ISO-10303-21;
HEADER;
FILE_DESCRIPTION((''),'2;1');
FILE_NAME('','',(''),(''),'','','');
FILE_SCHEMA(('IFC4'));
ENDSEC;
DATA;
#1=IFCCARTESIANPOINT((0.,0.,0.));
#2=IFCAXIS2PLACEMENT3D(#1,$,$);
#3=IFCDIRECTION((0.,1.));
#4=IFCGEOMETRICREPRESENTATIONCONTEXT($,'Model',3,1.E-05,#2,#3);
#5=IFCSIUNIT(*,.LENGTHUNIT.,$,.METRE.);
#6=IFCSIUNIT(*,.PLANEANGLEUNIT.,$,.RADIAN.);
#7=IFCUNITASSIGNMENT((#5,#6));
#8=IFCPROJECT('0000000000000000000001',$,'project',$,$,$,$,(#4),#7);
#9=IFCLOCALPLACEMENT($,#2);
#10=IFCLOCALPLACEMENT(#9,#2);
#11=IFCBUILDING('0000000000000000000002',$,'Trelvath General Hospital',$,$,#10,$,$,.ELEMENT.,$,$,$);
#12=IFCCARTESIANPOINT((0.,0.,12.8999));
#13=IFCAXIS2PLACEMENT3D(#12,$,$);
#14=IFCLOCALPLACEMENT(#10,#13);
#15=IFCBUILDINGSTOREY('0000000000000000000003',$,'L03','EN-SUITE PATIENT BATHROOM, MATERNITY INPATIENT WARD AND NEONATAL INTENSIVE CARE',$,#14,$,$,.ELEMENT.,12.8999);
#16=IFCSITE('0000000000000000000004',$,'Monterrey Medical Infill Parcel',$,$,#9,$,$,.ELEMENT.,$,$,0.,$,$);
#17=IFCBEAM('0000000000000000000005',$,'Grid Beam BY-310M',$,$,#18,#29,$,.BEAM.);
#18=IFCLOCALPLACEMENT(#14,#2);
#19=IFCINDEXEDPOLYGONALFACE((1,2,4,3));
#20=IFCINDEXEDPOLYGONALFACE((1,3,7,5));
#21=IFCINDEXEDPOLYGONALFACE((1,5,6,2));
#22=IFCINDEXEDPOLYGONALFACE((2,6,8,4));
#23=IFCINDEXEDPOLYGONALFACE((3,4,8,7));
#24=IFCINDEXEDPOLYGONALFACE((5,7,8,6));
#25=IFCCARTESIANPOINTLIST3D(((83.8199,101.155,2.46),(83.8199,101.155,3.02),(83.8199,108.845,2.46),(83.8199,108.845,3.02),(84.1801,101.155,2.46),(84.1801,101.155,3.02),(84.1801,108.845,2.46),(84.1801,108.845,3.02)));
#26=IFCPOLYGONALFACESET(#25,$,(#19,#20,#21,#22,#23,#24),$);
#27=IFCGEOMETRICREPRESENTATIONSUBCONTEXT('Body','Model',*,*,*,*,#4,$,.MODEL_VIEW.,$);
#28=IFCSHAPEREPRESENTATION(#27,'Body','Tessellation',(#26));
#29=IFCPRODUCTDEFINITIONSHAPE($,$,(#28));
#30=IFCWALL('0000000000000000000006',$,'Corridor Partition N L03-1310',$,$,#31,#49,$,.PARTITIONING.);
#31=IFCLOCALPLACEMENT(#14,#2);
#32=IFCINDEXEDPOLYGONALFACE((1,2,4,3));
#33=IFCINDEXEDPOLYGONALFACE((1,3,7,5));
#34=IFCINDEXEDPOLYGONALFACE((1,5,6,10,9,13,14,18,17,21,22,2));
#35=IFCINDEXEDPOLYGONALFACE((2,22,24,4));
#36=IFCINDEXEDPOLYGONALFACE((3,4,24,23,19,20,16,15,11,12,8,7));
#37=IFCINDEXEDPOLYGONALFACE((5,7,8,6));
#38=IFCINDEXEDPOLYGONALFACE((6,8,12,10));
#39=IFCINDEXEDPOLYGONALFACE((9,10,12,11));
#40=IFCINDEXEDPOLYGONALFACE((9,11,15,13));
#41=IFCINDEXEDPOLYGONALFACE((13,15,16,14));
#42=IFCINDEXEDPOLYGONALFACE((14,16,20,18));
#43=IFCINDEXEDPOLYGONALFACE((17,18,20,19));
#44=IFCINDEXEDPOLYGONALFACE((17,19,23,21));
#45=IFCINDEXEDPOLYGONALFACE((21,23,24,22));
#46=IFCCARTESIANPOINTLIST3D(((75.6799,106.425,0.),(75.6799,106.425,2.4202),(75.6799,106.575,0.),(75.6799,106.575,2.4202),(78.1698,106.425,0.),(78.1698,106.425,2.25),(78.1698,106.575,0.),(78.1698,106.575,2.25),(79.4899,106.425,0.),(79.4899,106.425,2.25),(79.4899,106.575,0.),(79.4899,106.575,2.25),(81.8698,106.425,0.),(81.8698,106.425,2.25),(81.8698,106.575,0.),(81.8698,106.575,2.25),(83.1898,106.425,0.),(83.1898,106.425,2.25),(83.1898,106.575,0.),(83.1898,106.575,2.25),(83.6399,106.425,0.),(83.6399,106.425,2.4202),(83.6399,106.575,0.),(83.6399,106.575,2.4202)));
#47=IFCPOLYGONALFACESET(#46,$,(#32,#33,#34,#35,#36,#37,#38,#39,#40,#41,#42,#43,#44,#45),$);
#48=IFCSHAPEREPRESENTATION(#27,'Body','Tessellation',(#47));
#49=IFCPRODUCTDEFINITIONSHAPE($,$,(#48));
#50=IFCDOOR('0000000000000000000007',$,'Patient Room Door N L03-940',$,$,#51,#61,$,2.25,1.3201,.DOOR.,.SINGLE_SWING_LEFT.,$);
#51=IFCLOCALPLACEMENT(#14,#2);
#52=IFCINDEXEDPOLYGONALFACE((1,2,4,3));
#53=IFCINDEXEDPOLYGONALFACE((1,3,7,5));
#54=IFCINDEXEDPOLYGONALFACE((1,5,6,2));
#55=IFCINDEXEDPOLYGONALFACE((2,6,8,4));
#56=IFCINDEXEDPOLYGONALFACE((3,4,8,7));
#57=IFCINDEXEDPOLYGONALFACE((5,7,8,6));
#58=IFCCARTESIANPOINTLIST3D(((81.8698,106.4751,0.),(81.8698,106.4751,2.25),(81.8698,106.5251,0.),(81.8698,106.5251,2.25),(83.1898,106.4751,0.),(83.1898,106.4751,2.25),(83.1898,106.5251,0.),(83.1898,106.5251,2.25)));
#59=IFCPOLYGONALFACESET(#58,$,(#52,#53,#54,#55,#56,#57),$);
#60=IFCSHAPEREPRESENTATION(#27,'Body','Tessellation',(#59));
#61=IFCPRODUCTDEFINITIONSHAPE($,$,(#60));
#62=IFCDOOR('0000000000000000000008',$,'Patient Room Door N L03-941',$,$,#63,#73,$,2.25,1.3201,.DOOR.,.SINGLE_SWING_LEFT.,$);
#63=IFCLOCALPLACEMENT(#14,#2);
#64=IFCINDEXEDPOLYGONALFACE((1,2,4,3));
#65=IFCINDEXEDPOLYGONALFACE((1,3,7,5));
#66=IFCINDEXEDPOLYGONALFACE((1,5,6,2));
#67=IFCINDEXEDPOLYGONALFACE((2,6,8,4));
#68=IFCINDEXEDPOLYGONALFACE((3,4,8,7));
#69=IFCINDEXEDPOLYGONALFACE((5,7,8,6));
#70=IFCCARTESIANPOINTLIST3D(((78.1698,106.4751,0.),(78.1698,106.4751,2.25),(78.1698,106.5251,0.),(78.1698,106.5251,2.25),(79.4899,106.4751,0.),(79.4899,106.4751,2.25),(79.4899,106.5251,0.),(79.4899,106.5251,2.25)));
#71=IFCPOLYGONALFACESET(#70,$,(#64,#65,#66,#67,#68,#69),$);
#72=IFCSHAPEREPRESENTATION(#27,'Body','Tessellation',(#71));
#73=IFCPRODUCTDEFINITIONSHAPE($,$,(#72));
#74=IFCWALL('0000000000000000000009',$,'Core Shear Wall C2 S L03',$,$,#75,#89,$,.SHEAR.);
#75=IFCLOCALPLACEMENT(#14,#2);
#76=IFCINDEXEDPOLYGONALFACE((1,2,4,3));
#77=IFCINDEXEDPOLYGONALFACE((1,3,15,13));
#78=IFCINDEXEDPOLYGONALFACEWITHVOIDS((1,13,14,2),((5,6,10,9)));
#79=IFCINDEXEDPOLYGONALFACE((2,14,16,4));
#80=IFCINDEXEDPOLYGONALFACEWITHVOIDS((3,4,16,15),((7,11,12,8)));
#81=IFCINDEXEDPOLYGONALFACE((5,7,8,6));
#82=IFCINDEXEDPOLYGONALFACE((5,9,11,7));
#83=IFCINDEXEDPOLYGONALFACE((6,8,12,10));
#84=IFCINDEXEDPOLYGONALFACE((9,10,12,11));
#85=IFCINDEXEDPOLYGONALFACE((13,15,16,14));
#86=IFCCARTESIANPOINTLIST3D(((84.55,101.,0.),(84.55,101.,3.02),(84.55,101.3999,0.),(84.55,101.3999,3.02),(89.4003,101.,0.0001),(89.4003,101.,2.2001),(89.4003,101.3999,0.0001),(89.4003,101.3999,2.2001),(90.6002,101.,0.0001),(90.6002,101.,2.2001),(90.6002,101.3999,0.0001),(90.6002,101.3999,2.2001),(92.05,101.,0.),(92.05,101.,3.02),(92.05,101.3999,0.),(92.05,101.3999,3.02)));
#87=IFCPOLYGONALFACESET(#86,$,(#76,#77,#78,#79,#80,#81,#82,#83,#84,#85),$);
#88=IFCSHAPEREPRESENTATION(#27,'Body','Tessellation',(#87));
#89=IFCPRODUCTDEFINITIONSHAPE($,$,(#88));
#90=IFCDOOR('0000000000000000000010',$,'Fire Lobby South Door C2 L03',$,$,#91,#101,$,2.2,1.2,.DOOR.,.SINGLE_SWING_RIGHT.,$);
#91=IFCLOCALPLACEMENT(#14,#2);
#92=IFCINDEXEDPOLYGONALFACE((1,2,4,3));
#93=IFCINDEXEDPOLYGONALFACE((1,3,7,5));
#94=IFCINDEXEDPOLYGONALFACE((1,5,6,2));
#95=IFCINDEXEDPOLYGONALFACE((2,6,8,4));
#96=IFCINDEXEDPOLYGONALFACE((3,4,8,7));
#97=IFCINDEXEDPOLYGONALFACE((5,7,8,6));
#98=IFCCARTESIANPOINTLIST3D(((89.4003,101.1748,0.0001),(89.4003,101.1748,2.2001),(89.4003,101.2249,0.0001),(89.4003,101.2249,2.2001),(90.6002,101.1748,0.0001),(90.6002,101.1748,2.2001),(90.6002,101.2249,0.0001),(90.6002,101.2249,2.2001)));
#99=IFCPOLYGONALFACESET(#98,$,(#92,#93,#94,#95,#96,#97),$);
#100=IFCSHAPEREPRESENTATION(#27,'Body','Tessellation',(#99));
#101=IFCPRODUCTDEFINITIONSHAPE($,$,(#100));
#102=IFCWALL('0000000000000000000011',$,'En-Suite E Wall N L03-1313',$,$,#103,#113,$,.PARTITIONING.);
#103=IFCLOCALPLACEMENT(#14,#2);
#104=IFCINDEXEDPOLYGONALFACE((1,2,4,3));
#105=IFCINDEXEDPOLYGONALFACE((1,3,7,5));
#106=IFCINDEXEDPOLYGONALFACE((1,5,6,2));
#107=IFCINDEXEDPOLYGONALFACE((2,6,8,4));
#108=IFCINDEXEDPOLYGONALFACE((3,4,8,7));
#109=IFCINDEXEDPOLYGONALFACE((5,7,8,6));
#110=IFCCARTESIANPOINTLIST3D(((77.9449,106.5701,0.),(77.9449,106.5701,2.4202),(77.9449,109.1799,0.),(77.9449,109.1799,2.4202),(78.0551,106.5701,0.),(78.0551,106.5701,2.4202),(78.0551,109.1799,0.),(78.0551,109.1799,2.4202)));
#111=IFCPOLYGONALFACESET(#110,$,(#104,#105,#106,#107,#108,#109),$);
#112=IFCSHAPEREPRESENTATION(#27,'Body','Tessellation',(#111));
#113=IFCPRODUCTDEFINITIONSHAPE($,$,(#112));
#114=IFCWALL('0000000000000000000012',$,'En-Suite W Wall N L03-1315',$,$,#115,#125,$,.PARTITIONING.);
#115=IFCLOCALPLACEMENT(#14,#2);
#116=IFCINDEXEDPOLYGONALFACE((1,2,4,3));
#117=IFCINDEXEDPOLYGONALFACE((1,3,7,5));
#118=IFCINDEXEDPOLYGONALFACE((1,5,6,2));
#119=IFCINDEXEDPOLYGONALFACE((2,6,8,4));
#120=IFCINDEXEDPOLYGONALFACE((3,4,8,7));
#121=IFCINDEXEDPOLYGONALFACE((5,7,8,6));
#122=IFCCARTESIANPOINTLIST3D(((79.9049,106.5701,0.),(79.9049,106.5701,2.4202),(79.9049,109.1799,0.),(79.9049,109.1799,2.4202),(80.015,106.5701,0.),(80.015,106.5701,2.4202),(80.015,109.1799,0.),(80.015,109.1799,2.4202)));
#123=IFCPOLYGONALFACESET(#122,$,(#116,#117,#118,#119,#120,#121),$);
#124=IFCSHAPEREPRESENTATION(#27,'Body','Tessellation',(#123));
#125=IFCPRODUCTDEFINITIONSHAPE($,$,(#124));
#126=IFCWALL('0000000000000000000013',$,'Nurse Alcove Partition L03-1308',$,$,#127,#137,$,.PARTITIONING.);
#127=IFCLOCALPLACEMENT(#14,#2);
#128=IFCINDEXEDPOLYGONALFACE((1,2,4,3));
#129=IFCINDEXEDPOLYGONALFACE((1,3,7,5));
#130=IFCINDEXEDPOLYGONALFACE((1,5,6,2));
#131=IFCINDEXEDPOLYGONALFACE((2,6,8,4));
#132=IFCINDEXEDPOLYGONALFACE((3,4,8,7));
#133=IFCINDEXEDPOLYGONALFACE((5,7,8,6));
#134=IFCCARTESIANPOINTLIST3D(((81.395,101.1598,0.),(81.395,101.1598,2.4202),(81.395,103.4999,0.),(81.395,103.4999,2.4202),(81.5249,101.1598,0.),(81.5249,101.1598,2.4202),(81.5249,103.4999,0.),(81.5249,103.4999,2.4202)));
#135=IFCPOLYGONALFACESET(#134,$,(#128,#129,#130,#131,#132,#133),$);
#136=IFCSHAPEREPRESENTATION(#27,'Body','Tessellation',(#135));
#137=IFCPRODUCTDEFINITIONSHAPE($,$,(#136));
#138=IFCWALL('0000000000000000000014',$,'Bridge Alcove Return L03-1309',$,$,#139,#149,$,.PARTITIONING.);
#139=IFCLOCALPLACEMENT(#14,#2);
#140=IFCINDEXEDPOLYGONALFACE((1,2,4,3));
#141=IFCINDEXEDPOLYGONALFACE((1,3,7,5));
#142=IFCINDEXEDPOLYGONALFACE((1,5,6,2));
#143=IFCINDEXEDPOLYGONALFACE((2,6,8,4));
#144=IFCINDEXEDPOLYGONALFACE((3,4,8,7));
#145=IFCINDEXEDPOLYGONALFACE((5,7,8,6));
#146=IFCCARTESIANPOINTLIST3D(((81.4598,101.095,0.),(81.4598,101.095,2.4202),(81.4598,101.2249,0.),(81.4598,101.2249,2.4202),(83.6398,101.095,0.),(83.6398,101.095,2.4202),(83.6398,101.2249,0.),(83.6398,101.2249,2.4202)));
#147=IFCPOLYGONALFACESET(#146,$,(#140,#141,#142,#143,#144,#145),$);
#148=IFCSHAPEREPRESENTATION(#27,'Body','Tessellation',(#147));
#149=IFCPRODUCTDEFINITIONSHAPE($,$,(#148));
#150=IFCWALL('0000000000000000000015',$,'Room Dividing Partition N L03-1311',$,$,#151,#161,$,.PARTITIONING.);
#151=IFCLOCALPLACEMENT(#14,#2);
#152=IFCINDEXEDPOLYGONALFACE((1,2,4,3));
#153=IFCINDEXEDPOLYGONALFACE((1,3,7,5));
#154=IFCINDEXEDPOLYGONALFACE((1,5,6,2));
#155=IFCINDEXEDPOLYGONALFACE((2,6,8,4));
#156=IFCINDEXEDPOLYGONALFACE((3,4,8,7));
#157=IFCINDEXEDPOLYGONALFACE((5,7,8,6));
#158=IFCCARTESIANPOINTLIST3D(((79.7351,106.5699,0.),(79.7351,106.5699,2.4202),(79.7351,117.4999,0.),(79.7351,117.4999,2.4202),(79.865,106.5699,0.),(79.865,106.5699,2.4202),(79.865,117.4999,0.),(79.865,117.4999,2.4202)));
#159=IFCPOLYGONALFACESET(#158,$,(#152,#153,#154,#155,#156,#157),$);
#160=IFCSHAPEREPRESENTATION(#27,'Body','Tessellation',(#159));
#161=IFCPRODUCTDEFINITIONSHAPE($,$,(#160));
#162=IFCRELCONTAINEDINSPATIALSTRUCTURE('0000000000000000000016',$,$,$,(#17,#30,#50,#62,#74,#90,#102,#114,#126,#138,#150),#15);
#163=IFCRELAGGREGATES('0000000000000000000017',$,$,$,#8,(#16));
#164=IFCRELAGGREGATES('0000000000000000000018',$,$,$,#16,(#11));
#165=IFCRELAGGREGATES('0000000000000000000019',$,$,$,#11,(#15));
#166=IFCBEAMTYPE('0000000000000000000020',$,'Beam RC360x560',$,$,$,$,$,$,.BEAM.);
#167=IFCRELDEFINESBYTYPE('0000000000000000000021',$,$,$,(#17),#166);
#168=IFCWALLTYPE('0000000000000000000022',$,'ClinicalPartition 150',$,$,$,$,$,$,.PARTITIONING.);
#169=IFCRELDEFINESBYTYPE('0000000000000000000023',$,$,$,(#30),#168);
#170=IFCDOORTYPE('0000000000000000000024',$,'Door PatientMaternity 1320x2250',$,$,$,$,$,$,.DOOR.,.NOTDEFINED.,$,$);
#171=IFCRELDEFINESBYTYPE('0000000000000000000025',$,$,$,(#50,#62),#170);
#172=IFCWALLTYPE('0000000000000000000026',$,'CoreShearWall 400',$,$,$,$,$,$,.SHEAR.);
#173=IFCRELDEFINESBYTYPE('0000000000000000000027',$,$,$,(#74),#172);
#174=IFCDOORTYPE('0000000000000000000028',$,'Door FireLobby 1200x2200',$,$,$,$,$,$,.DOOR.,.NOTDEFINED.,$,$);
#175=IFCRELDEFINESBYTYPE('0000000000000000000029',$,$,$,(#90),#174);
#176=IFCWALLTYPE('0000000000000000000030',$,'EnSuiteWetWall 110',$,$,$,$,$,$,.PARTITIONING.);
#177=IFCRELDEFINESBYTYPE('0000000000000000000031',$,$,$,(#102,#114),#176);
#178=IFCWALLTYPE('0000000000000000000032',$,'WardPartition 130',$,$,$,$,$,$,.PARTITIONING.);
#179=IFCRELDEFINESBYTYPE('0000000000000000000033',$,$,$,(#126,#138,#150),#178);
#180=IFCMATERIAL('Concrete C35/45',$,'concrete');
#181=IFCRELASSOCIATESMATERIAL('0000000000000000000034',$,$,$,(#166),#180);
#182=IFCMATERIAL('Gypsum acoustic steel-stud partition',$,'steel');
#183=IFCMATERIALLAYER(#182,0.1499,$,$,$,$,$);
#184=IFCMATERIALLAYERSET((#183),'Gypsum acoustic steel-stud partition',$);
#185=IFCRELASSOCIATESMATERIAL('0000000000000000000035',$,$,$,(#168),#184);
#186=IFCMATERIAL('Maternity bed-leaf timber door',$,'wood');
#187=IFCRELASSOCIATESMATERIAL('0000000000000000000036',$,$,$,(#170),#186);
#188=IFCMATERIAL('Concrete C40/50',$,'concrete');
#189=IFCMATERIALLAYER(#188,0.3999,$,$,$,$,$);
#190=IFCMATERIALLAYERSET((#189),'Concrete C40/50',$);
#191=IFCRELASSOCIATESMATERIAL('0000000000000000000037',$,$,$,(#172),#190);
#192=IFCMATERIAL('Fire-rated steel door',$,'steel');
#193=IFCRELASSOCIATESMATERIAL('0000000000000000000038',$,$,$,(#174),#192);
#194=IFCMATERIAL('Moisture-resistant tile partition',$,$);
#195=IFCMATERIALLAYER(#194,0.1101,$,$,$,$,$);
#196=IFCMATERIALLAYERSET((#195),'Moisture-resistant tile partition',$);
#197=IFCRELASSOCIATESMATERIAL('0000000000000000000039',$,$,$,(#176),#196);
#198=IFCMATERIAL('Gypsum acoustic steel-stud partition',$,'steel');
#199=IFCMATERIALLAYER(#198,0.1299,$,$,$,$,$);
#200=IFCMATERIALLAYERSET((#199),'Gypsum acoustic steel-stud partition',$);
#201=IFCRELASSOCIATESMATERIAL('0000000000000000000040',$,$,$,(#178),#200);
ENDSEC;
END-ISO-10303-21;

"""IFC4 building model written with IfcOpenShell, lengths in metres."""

from ifc_helpers import new_model, si_unit, direction, frame, frame_2d, origin, origin_2d, place, context, subcontext, project, spatial, rectangle, extrude, material, layer, layer_set, material_profile, profile_set, type_object, element, fill, save


model = new_model("IFC4")

# Units and contexts
model_context = context("Model", 3, precision=1e-05, world=origin(), true_north=direction((0.0, 1.0)))
body_context = subcontext(model_context, "Body", "Model", "MODEL_VIEW")
ifc_project = project(units=[si_unit("LENGTHUNIT", "METRE"), si_unit("PLANEANGLEUNIT", "RADIAN")], contexts=[model_context])

# Site, building, storey
site_placement = place(None, origin())
site = spatial("IfcSite", under=ifc_project, at=site_placement, Name="Monterrey Medical Infill Parcel", CompositionType="ELEMENT", RefElevation=0.0)
building_placement = place(site_placement, origin())
building = spatial("IfcBuilding", under=site, at=building_placement, Name="Trelvath General Hospital", CompositionType="ELEMENT")
storey_placement = place(building_placement, frame((0.0, 0.0, 12.8999)))
storey = spatial("IfcBuildingStorey", under=building, at=storey_placement, Name="L03", Description="EN-SUITE PATIENT BATHROOM, MATERNITY INPATIENT WARD AND NEONATAL INTENSIVE CARE", CompositionType="ELEMENT", Elevation=12.8999)

# Beam
ifc_material_1 = material(Name="Concrete C35/45", Category="concrete")
ifc_material_profile = material_profile(ifc_material_1, rectangle(XDim=0.3601, YDim=0.5601, at=origin_2d()), Name="RCB360x560")
ifc_profile_set = profile_set([ifc_material_profile], Name="Concrete C35/45")
beam_type = type_object("IfcBeamType", Name="Beam RC360x560", PredefinedType="BEAM", material=ifc_profile_set)
beam_placement = place(storey_placement, frame((84.0, 101.155, 2.74), z_axis=(0.0, 1.0, 0.0), x_axis=(-1.0, 0.0, 0.0)))
element("IfcBeam", 1, at=beam_placement, inside=storey, type_object=beam_type, Name="Grid Beam BY-310M", PredefinedType="BEAM", context=body_context, shape_type="SweptSolid", body=[
    extrude(rectangle(XDim=0.3601, YDim=0.5601, at=origin_2d()), origin(), (0.0, 0.0, 1.0), 7.6899),
])

# Wall, openings, doors
ifc_material_2 = material(Name="Gypsum acoustic steel-stud partition", Category="steel")
ifc_layer_1 = layer(ifc_material_2, 0.1499)
ifc_layer_set_1 = layer_set([ifc_layer_1], Name="Gypsum acoustic steel-stud partition")
wall_type_1 = type_object("IfcWallType", Name="ClinicalPartition 150", PredefinedType="PARTITIONING", material=ifc_layer_set_1)
wall_1_placement = place(storey_placement, frame((83.6399, 106.5, 0.0), z_axis=(0.0, 0.0, 1.0), x_axis=(-1.0, 0.0, 0.0)))
wall_1 = element("IfcWall", 2, at=wall_1_placement, inside=storey, type_object=wall_type_1, Name="Corridor Partition N L03-1310", PredefinedType="PARTITIONING", context=body_context, shape_type="SweptSolid", body=[
    extrude(rectangle(XDim=7.96, YDim=0.1499, at=frame_2d((3.98, 0.0))), origin(), (0.0, 0.0, 1.0), 2.4202),
])
opening_1_placement = place(wall_1_placement, frame((0.45, 0.0, 0.0)))
opening_1 = element("IfcOpeningElement", 3, at=opening_1_placement, cuts=wall_1, PredefinedType="OPENING", context=body_context, shape_type="SweptSolid", body=[
    extrude(rectangle(XDim=1.3201, YDim=2.25, at=frame_2d((0.6602, 1.125))), frame((0.0, 0.085, 0.0), z_axis=(0.0, -1.0, 0.0), x_axis=(1.0, 0.0, 0.0)), (0.0, 0.0, 1.0), 0.1699),
])
opening_2_placement = place(wall_1_placement, frame((4.1499, 0.0, 0.0)))
opening_2 = element("IfcOpeningElement", 4, at=opening_2_placement, cuts=wall_1, PredefinedType="OPENING", context=body_context, shape_type="SweptSolid", body=[
    extrude(rectangle(XDim=1.3201, YDim=2.25, at=frame_2d((0.6602, 1.125))), frame((0.0, 0.085, 0.0), z_axis=(0.0, -1.0, 0.0), x_axis=(1.0, 0.0, 0.0)), (0.0, 0.0, 1.0), 0.1699),
])
ifc_material_3 = material(Name="Maternity bed-leaf timber door", Category="wood")
door_type_1 = type_object("IfcDoorType", Name="Door PatientMaternity 1320x2250", OperationType="NOTDEFINED", PredefinedType="DOOR", material=ifc_material_3)
door_1_placement = place(opening_1_placement, origin())
door_1 = element("IfcDoor", 5, at=door_1_placement, inside=storey, type_object=door_type_1, Name="Patient Room Door N L03-940", OperationType="SINGLE_SWING_LEFT", OverallHeight=2.25, OverallWidth=1.3201, PredefinedType="DOOR", context=body_context, shape_type="SweptSolid", body=[
    extrude(rectangle(XDim=1.3201, YDim=2.25, at=frame_2d((0.6602, 1.125))), frame((0.0, 0.0249, 0.0), z_axis=(0.0, -1.0, 0.0), x_axis=(1.0, 0.0, 0.0)), (0.0, 0.0, 1.0), 0.05),
])
fill(opening_1, door_1)
door_2_placement = place(opening_2_placement, origin())
door_2 = element("IfcDoor", 6, at=door_2_placement, inside=storey, type_object=door_type_1, Name="Patient Room Door N L03-941", OperationType="SINGLE_SWING_LEFT", OverallHeight=2.25, OverallWidth=1.3201, PredefinedType="DOOR", context=body_context, shape_type="SweptSolid", body=[
    extrude(rectangle(XDim=1.3201, YDim=2.25, at=frame_2d((0.6602, 1.125))), frame((0.0, 0.0249, 0.0), z_axis=(0.0, -1.0, 0.0), x_axis=(1.0, 0.0, 0.0)), (0.0, 0.0, 1.0), 0.05),
])
fill(opening_2, door_2)

# Wall, opening, door
ifc_material_4 = material(Name="Concrete C40/50", Category="concrete")
ifc_layer_2 = layer(ifc_material_4, 0.3999)
ifc_layer_set_2 = layer_set([ifc_layer_2], Name="Concrete C40/50")
wall_type_2 = type_object("IfcWallType", Name="CoreShearWall 400", PredefinedType="SHEAR", material=ifc_layer_set_2)
wall_2_placement = place(storey_placement, frame((84.55, 101.2, 0.0), z_axis=(0.0, 0.0, 1.0), x_axis=(1.0, 0.0, 0.0)))
wall_2 = element("IfcWall", 7, at=wall_2_placement, inside=storey, type_object=wall_type_2, Name="Core Shear Wall C2 S L03", PredefinedType="SHEAR", context=body_context, shape_type="SweptSolid", body=[
    extrude(rectangle(XDim=7.5, YDim=0.3999, at=frame_2d((3.75, 0.0))), origin(), (0.0, 0.0, 1.0), 3.02),
])
opening_3_placement = place(wall_2_placement, frame((4.8501, 0.0, 0.0)))
opening_3 = element("IfcOpeningElement", 8, at=opening_3_placement, cuts=wall_2, PredefinedType="OPENING", context=body_context, shape_type="SweptSolid", body=[
    extrude(rectangle(XDim=1.2, YDim=2.2, at=frame_2d((0.6001, 1.1001))), frame((0.0, 0.21, 0.0), z_axis=(0.0, -1.0, 0.0), x_axis=(1.0, 0.0, 0.0)), (0.0, 0.0, 1.0), 0.4199),
])
ifc_material_5 = material(Name="Fire-rated steel door", Category="steel")
door_type_2 = type_object("IfcDoorType", Name="Door FireLobby 1200x2200", OperationType="NOTDEFINED", PredefinedType="DOOR", material=ifc_material_5)
door_3_placement = place(opening_3_placement, origin())
door_3 = element("IfcDoor", 9, at=door_3_placement, inside=storey, type_object=door_type_2, Name="Fire Lobby South Door C2 L03", OperationType="SINGLE_SWING_RIGHT", OverallHeight=2.2, OverallWidth=1.2, PredefinedType="DOOR", context=body_context, shape_type="SweptSolid", body=[
    extrude(rectangle(XDim=1.2, YDim=2.2, at=frame_2d((0.6001, 1.1001))), frame((0.0, 0.0249, 0.0), z_axis=(0.0, -1.0, 0.0), x_axis=(1.0, 0.0, 0.0)), (0.0, 0.0, 1.0), 0.05),
])
fill(opening_3, door_3)

# Walls
ifc_material_6 = material(Name="Moisture-resistant tile partition")
ifc_layer_3 = layer(ifc_material_6, 0.1101)
ifc_layer_set_3 = layer_set([ifc_layer_3], Name="Moisture-resistant tile partition")
wall_type_3 = type_object("IfcWallType", Name="EnSuiteWetWall 110", PredefinedType="PARTITIONING", material=ifc_layer_set_3)
for number, where, z_axis, x_axis, name in (
    (10, (78.0, 106.5701, 0.0), (0.0, 0.0, 1.0), (0.0, 1.0, 0.0), "En-Suite E Wall N L03-1313"),
    (11, (79.96, 106.5701, 0.0), (0.0, 0.0, 1.0), (0.0, 1.0, 0.0), "En-Suite W Wall N L03-1315"),
):
    element("IfcWall", number, at=place(storey_placement, frame(where, z_axis=z_axis, x_axis=x_axis)), inside=storey, type_object=wall_type_3, Name=name, PredefinedType="PARTITIONING", context=body_context, shape_type="SweptSolid", body=[
        extrude(rectangle(XDim=2.6099, YDim=0.1101, at=frame_2d((1.3049, 0.0))), origin(), (0.0, 0.0, 1.0), 2.4202),
    ])
ifc_material_7 = material(Name="Gypsum acoustic steel-stud partition", Category="steel")
ifc_layer_4 = layer(ifc_material_7, 0.1299)
ifc_layer_set_4 = layer_set([ifc_layer_4], Name="Gypsum acoustic steel-stud partition")
wall_type_4 = type_object("IfcWallType", Name="WardPartition 130", PredefinedType="PARTITIONING", material=ifc_layer_set_4)
wall_3_placement = place(storey_placement, frame((81.46, 101.1599, 0.0), z_axis=(0.0, 0.0, 1.0), x_axis=(0.0, 1.0, 0.0)))
element("IfcWall", 12, at=wall_3_placement, inside=storey, type_object=wall_type_4, Name="Nurse Alcove Partition L03-1308", PredefinedType="PARTITIONING", context=body_context, shape_type="SweptSolid", body=[
    extrude(rectangle(XDim=2.3401, YDim=0.1299, at=frame_2d((1.1699, 0.0))), origin(), (0.0, 0.0, 1.0), 2.4202),
])
wall_4_placement = place(storey_placement, frame((81.46, 101.1599, 0.0), z_axis=(0.0, 0.0, 1.0), x_axis=(1.0, 0.0, 0.0)))
element("IfcWall", 13, at=wall_4_placement, inside=storey, type_object=wall_type_4, Name="Bridge Alcove Return L03-1309", PredefinedType="PARTITIONING", context=body_context, shape_type="SweptSolid", body=[
    extrude(rectangle(XDim=2.1799, YDim=0.1299, at=frame_2d((1.0898, 0.0))), origin(), (0.0, 0.0, 1.0), 2.4202),
])
wall_5_placement = place(storey_placement, frame((79.8, 106.5701, 0.0), z_axis=(0.0, 0.0, 1.0), x_axis=(0.0, 1.0, 0.0)))
element("IfcWall", 14, at=wall_5_placement, inside=storey, type_object=wall_type_4, Name="Room Dividing Partition N L03-1311", PredefinedType="PARTITIONING", context=body_context, shape_type="SweptSolid", body=[
    extrude(rectangle(XDim=10.9299, YDim=0.1299, at=frame_2d((5.4648, 0.0))), origin(), (0.0, 0.0, 1.0), 2.4202),
])

save(model, "model.ifc")
